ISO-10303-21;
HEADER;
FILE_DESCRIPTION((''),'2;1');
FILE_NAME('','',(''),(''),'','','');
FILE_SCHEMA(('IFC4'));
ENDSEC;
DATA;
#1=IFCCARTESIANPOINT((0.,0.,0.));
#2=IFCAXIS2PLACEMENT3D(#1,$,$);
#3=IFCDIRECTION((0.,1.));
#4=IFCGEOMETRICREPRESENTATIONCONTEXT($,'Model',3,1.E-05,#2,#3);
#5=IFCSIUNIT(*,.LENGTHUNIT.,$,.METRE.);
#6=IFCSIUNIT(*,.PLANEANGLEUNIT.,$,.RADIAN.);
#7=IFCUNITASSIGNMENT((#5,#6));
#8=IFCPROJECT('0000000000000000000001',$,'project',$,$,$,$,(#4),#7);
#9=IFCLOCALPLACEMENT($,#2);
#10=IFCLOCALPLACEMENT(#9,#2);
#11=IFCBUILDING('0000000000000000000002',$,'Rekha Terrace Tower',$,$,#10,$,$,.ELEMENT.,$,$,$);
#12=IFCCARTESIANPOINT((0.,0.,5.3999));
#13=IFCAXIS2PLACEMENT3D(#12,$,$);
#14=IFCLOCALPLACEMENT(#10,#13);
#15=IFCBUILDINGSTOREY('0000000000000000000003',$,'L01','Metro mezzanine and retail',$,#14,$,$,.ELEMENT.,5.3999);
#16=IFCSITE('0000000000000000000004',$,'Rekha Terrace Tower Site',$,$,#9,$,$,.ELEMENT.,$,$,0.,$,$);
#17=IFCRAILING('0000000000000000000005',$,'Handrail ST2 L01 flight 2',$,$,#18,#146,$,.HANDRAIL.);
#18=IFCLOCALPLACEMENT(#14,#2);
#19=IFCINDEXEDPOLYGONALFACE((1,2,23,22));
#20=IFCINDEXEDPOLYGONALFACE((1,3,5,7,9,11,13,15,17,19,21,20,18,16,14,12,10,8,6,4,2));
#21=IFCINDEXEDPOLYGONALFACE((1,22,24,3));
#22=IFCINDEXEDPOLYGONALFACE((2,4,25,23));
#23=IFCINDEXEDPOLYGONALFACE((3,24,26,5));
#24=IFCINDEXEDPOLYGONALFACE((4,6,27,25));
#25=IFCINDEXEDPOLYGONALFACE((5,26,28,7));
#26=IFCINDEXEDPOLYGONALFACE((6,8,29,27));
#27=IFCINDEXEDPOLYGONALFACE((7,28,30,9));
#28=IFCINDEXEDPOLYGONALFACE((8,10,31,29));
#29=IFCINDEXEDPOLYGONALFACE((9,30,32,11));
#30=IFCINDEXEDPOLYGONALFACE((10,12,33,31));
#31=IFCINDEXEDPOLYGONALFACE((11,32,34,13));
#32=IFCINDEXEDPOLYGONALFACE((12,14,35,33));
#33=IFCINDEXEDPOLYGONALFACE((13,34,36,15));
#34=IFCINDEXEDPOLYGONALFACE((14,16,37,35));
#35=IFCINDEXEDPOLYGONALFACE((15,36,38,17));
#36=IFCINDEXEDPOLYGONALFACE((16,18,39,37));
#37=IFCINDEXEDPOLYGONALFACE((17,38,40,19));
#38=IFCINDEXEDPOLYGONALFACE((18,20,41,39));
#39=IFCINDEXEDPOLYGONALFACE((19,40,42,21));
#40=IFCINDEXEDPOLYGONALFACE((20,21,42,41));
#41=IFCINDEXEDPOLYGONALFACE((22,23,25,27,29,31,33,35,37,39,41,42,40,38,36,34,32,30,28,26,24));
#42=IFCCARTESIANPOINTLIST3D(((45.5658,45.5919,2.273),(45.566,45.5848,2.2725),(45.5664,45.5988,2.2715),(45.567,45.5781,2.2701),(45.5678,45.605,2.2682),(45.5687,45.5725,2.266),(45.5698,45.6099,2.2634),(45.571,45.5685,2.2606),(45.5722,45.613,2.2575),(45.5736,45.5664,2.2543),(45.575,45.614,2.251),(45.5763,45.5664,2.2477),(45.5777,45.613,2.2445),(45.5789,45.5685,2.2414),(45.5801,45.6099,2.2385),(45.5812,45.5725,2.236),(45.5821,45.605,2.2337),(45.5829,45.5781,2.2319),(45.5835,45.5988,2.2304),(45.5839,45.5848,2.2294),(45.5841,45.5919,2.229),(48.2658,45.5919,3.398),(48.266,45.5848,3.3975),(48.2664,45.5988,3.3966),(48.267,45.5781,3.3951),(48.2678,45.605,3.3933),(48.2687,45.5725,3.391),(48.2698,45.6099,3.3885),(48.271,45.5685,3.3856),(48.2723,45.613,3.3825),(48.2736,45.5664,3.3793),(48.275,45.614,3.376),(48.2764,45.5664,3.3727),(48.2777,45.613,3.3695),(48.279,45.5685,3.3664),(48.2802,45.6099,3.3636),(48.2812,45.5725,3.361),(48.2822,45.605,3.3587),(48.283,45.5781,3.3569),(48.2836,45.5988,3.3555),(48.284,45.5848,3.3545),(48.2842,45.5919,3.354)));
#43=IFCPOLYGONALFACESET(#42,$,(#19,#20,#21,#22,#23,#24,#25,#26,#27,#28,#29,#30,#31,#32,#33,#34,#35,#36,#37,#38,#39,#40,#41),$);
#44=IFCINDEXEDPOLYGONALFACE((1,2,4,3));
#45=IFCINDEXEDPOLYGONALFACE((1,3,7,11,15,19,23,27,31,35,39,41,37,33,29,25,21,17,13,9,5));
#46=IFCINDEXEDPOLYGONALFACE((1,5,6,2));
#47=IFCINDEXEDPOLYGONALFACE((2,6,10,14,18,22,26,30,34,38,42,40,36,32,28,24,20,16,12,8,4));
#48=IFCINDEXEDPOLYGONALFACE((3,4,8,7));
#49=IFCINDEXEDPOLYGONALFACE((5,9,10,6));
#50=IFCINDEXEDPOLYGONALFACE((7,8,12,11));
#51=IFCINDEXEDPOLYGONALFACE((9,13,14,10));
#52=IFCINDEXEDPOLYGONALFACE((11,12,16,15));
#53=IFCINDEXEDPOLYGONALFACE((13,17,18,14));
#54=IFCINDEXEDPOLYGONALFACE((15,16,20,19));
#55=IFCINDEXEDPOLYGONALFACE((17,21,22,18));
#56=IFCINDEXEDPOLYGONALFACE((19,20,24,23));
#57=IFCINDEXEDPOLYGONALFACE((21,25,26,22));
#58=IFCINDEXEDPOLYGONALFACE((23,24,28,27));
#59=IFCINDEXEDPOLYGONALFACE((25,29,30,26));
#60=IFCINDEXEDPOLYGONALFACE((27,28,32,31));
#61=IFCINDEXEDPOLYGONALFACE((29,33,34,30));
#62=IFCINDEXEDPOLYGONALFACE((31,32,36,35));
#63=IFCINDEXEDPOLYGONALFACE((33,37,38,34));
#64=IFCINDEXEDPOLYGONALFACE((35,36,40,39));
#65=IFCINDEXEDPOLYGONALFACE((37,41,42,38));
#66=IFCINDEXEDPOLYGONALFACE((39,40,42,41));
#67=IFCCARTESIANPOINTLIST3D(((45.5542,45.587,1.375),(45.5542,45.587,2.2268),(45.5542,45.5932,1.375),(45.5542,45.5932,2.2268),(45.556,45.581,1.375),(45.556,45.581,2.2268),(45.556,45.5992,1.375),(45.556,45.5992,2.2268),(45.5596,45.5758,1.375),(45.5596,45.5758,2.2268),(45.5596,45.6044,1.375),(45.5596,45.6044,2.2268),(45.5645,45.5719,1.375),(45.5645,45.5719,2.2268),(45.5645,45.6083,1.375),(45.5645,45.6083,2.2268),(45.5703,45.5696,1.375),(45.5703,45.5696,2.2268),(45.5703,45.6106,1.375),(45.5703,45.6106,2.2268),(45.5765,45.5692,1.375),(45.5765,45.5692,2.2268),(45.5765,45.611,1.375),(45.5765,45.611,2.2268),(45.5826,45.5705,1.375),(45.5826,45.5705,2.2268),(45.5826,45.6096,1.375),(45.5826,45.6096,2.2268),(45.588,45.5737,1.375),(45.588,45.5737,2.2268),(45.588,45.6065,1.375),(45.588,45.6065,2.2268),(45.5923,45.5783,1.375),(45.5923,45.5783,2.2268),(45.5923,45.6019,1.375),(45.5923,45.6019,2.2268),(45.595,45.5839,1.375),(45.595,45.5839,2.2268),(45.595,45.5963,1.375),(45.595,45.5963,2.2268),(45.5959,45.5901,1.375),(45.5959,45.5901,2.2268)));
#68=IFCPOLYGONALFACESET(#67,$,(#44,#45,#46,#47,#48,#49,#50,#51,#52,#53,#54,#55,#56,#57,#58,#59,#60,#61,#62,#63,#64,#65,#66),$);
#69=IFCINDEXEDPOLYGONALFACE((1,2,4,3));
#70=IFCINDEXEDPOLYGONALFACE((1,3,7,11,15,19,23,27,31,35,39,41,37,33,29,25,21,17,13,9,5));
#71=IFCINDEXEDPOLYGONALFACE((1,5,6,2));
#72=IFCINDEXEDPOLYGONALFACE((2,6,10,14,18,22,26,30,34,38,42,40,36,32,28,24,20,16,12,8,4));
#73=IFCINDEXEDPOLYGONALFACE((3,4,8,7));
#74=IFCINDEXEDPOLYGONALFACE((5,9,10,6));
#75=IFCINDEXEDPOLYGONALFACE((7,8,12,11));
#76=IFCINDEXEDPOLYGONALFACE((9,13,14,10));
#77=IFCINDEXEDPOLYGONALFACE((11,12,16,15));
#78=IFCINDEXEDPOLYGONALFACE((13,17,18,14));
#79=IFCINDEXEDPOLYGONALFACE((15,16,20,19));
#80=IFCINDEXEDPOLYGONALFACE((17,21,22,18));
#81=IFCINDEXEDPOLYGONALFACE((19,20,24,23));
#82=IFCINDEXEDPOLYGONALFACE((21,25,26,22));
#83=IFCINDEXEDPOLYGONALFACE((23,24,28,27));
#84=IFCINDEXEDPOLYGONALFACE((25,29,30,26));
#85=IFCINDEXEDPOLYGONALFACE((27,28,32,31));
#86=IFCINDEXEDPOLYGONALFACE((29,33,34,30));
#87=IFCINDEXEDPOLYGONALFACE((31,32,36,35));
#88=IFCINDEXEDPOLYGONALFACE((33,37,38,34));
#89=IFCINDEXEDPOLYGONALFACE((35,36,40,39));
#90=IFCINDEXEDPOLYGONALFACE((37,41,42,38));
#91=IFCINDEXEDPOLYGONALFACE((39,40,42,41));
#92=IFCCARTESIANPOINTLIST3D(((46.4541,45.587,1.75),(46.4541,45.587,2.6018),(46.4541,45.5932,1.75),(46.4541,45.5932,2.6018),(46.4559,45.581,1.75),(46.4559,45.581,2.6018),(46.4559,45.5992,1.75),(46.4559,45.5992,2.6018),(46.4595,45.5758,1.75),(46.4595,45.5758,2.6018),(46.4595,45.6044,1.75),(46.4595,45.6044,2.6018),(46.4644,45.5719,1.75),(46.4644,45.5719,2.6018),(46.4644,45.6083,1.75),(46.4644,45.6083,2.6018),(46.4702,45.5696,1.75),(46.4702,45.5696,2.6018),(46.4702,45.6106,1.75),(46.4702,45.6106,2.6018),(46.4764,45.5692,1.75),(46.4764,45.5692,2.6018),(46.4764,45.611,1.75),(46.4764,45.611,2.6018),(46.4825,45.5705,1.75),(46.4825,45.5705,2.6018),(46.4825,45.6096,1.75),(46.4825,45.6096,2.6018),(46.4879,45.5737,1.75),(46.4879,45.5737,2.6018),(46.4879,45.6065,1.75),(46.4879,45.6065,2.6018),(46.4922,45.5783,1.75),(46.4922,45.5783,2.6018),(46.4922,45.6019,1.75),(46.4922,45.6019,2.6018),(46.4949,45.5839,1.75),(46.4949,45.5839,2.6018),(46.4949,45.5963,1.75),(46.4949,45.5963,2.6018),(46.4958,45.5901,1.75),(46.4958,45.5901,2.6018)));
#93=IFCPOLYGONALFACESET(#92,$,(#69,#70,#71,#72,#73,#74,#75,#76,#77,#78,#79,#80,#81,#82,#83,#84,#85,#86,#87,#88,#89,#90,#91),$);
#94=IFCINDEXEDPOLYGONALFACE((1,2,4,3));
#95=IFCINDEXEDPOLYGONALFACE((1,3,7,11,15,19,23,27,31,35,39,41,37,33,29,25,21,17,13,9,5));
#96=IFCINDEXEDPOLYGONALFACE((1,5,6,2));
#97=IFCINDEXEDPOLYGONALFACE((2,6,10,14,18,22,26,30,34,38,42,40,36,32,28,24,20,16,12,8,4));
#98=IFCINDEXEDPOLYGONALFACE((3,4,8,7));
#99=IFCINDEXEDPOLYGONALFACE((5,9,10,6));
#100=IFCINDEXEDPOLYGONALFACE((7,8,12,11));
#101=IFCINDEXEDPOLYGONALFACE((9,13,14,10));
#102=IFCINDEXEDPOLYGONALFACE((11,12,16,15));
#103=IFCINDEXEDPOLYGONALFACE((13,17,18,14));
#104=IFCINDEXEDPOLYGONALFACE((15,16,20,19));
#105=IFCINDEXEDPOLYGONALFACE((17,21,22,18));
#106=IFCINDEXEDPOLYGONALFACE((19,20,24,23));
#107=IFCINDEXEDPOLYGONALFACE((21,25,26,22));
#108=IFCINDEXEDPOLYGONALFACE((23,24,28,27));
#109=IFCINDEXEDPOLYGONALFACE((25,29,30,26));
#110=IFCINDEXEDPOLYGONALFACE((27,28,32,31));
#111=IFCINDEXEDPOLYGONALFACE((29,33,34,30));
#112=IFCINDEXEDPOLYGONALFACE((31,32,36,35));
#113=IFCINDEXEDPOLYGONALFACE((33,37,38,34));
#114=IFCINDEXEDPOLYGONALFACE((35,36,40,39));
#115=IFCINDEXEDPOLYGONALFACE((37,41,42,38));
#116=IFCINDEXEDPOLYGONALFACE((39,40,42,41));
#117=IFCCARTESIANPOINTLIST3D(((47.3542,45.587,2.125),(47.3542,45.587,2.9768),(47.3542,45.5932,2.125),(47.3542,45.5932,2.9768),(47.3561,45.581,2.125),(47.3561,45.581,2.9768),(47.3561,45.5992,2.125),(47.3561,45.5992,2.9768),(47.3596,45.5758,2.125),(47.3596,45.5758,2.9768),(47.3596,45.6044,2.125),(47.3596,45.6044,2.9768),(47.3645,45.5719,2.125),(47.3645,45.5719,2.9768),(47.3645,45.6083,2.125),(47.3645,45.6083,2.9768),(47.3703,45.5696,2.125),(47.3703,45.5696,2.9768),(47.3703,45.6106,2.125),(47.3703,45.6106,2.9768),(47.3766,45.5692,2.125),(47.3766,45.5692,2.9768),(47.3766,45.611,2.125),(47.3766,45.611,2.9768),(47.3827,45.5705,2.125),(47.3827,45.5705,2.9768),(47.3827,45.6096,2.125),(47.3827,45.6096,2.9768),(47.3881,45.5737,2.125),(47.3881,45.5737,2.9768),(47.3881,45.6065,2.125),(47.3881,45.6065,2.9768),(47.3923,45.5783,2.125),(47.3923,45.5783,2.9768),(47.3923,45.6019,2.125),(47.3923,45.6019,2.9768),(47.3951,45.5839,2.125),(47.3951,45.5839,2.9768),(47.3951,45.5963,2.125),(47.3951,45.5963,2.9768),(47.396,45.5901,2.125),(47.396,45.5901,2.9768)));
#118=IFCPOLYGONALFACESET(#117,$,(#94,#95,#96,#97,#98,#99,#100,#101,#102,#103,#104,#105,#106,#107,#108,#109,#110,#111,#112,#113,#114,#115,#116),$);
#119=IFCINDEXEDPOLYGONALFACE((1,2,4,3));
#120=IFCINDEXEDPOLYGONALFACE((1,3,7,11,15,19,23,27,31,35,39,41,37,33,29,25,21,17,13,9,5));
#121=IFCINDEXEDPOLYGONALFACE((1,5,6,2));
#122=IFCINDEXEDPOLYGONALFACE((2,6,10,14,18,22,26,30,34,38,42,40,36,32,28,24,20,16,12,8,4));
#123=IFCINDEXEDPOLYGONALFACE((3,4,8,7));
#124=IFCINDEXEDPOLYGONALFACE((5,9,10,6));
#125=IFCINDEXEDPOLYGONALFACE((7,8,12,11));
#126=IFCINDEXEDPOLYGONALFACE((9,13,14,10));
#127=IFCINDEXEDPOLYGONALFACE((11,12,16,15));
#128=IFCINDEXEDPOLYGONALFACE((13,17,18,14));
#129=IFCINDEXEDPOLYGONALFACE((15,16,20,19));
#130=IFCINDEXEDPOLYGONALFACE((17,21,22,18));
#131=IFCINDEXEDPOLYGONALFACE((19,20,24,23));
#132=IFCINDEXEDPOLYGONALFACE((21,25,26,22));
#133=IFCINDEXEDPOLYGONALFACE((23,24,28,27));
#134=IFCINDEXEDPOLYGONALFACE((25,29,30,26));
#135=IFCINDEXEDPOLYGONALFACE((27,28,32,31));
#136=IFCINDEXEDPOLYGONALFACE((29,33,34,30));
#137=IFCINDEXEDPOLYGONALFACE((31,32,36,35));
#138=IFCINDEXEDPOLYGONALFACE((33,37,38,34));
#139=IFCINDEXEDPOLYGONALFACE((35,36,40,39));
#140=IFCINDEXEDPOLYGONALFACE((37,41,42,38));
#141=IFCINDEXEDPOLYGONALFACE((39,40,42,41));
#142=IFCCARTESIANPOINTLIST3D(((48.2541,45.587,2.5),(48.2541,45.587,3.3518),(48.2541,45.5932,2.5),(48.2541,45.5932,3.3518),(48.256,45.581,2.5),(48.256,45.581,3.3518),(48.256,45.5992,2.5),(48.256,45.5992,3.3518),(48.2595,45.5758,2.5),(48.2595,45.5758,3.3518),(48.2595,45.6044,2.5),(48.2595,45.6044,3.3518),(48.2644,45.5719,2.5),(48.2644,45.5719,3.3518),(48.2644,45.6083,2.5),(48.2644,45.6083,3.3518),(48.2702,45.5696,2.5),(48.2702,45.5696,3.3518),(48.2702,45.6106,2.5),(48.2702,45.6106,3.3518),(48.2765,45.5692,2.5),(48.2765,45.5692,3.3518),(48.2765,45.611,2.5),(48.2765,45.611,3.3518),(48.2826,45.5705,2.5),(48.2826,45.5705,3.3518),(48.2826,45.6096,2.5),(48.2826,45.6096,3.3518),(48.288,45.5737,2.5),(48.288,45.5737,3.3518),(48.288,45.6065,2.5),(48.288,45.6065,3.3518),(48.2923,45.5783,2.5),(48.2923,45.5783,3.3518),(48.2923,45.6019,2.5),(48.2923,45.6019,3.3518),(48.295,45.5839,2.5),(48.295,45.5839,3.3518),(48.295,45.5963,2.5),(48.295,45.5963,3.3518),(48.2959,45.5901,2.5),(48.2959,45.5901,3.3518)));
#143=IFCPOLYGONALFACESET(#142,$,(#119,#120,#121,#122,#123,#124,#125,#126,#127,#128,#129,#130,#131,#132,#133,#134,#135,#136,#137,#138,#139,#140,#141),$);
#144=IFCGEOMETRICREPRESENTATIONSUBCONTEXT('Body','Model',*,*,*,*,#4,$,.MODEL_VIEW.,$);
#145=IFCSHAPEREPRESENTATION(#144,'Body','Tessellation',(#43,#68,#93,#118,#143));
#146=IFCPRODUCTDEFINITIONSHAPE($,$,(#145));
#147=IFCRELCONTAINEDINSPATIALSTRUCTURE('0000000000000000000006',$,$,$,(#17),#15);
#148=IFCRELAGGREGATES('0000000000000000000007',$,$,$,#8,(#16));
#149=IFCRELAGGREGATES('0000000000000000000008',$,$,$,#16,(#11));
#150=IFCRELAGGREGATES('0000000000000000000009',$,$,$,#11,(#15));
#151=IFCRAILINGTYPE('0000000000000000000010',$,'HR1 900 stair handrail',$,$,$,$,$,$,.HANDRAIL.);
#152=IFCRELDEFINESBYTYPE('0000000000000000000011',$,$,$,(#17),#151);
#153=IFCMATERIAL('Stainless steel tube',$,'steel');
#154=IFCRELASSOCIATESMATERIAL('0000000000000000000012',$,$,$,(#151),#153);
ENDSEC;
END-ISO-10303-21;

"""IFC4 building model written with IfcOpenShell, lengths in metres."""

from ifc_helpers import new_model, si_unit, direction, frame, origin, origin_2d, place, context, subcontext, project, spatial, circle, extrude, material, type_object, element, save


model = new_model("IFC4")

# Units and contexts
model_context = context("Model", 3, precision=1e-05, world=origin(), true_north=direction((0.0, 1.0)))
body_context = subcontext(model_context, "Body", "Model", "MODEL_VIEW")
ifc_project = project(units=[si_unit("LENGTHUNIT", "METRE"), si_unit("PLANEANGLEUNIT", "RADIAN")], contexts=[model_context])

# Site, building, storey
site_placement = place(None, origin())
site = spatial("IfcSite", under=ifc_project, at=site_placement, Name="Rekha Terrace Tower Site", CompositionType="ELEMENT", RefElevation=0.0)
building_placement = place(site_placement, origin())
building = spatial("IfcBuilding", under=site, at=building_placement, Name="Rekha Terrace Tower", CompositionType="ELEMENT")
storey_placement = place(building_placement, frame((0.0, 0.0, 5.3999)))
storey = spatial("IfcBuildingStorey", under=building, at=storey_placement, Name="L01", Description="Metro mezzanine and retail", CompositionType="ELEMENT", Elevation=5.3999)

# Railing
ifc_material_1 = material(Name="Stainless steel tube", Category="steel")
railing_type = type_object("IfcRailingType", Name="HR1 900 stair handrail", PredefinedType="HANDRAIL", material=ifc_material_1)
railing_placement = place(storey_placement, frame((45.575, 45.5901, 1.375)))
element("IfcRailing", 1, at=railing_placement, inside=storey, type_object=railing_type, Name="Handrail ST2 L01 flight 2", PredefinedType="HANDRAIL", context=body_context, shape_type="SweptSolid", body=[
    extrude(circle(Radius=0.0239, at=origin_2d()), frame((0.0, 0.0, 0.876), z_axis=(0.923074, 0.0, 0.384621), x_axis=(0.0, 1.0, 0.0)), (0.0, 0.0, 1.0), 2.925),
    extrude(circle(Radius=0.021, at=origin_2d()), origin(), (0.0, 0.0, 1.0), 0.8518),
    extrude(circle(Radius=0.021, at=origin_2d()), frame((0.8999, 0.0, 0.375)), (0.0, 0.0, 1.0), 0.8518),
    extrude(circle(Radius=0.021, at=origin_2d()), frame((1.8, 0.0, 0.75)), (0.0, 0.0, 1.0), 0.8518),
    extrude(circle(Radius=0.021, at=origin_2d()), frame((2.7, 0.0, 1.125)), (0.0, 0.0, 1.0), 0.8518),
])

save(model, "model.ifc")
